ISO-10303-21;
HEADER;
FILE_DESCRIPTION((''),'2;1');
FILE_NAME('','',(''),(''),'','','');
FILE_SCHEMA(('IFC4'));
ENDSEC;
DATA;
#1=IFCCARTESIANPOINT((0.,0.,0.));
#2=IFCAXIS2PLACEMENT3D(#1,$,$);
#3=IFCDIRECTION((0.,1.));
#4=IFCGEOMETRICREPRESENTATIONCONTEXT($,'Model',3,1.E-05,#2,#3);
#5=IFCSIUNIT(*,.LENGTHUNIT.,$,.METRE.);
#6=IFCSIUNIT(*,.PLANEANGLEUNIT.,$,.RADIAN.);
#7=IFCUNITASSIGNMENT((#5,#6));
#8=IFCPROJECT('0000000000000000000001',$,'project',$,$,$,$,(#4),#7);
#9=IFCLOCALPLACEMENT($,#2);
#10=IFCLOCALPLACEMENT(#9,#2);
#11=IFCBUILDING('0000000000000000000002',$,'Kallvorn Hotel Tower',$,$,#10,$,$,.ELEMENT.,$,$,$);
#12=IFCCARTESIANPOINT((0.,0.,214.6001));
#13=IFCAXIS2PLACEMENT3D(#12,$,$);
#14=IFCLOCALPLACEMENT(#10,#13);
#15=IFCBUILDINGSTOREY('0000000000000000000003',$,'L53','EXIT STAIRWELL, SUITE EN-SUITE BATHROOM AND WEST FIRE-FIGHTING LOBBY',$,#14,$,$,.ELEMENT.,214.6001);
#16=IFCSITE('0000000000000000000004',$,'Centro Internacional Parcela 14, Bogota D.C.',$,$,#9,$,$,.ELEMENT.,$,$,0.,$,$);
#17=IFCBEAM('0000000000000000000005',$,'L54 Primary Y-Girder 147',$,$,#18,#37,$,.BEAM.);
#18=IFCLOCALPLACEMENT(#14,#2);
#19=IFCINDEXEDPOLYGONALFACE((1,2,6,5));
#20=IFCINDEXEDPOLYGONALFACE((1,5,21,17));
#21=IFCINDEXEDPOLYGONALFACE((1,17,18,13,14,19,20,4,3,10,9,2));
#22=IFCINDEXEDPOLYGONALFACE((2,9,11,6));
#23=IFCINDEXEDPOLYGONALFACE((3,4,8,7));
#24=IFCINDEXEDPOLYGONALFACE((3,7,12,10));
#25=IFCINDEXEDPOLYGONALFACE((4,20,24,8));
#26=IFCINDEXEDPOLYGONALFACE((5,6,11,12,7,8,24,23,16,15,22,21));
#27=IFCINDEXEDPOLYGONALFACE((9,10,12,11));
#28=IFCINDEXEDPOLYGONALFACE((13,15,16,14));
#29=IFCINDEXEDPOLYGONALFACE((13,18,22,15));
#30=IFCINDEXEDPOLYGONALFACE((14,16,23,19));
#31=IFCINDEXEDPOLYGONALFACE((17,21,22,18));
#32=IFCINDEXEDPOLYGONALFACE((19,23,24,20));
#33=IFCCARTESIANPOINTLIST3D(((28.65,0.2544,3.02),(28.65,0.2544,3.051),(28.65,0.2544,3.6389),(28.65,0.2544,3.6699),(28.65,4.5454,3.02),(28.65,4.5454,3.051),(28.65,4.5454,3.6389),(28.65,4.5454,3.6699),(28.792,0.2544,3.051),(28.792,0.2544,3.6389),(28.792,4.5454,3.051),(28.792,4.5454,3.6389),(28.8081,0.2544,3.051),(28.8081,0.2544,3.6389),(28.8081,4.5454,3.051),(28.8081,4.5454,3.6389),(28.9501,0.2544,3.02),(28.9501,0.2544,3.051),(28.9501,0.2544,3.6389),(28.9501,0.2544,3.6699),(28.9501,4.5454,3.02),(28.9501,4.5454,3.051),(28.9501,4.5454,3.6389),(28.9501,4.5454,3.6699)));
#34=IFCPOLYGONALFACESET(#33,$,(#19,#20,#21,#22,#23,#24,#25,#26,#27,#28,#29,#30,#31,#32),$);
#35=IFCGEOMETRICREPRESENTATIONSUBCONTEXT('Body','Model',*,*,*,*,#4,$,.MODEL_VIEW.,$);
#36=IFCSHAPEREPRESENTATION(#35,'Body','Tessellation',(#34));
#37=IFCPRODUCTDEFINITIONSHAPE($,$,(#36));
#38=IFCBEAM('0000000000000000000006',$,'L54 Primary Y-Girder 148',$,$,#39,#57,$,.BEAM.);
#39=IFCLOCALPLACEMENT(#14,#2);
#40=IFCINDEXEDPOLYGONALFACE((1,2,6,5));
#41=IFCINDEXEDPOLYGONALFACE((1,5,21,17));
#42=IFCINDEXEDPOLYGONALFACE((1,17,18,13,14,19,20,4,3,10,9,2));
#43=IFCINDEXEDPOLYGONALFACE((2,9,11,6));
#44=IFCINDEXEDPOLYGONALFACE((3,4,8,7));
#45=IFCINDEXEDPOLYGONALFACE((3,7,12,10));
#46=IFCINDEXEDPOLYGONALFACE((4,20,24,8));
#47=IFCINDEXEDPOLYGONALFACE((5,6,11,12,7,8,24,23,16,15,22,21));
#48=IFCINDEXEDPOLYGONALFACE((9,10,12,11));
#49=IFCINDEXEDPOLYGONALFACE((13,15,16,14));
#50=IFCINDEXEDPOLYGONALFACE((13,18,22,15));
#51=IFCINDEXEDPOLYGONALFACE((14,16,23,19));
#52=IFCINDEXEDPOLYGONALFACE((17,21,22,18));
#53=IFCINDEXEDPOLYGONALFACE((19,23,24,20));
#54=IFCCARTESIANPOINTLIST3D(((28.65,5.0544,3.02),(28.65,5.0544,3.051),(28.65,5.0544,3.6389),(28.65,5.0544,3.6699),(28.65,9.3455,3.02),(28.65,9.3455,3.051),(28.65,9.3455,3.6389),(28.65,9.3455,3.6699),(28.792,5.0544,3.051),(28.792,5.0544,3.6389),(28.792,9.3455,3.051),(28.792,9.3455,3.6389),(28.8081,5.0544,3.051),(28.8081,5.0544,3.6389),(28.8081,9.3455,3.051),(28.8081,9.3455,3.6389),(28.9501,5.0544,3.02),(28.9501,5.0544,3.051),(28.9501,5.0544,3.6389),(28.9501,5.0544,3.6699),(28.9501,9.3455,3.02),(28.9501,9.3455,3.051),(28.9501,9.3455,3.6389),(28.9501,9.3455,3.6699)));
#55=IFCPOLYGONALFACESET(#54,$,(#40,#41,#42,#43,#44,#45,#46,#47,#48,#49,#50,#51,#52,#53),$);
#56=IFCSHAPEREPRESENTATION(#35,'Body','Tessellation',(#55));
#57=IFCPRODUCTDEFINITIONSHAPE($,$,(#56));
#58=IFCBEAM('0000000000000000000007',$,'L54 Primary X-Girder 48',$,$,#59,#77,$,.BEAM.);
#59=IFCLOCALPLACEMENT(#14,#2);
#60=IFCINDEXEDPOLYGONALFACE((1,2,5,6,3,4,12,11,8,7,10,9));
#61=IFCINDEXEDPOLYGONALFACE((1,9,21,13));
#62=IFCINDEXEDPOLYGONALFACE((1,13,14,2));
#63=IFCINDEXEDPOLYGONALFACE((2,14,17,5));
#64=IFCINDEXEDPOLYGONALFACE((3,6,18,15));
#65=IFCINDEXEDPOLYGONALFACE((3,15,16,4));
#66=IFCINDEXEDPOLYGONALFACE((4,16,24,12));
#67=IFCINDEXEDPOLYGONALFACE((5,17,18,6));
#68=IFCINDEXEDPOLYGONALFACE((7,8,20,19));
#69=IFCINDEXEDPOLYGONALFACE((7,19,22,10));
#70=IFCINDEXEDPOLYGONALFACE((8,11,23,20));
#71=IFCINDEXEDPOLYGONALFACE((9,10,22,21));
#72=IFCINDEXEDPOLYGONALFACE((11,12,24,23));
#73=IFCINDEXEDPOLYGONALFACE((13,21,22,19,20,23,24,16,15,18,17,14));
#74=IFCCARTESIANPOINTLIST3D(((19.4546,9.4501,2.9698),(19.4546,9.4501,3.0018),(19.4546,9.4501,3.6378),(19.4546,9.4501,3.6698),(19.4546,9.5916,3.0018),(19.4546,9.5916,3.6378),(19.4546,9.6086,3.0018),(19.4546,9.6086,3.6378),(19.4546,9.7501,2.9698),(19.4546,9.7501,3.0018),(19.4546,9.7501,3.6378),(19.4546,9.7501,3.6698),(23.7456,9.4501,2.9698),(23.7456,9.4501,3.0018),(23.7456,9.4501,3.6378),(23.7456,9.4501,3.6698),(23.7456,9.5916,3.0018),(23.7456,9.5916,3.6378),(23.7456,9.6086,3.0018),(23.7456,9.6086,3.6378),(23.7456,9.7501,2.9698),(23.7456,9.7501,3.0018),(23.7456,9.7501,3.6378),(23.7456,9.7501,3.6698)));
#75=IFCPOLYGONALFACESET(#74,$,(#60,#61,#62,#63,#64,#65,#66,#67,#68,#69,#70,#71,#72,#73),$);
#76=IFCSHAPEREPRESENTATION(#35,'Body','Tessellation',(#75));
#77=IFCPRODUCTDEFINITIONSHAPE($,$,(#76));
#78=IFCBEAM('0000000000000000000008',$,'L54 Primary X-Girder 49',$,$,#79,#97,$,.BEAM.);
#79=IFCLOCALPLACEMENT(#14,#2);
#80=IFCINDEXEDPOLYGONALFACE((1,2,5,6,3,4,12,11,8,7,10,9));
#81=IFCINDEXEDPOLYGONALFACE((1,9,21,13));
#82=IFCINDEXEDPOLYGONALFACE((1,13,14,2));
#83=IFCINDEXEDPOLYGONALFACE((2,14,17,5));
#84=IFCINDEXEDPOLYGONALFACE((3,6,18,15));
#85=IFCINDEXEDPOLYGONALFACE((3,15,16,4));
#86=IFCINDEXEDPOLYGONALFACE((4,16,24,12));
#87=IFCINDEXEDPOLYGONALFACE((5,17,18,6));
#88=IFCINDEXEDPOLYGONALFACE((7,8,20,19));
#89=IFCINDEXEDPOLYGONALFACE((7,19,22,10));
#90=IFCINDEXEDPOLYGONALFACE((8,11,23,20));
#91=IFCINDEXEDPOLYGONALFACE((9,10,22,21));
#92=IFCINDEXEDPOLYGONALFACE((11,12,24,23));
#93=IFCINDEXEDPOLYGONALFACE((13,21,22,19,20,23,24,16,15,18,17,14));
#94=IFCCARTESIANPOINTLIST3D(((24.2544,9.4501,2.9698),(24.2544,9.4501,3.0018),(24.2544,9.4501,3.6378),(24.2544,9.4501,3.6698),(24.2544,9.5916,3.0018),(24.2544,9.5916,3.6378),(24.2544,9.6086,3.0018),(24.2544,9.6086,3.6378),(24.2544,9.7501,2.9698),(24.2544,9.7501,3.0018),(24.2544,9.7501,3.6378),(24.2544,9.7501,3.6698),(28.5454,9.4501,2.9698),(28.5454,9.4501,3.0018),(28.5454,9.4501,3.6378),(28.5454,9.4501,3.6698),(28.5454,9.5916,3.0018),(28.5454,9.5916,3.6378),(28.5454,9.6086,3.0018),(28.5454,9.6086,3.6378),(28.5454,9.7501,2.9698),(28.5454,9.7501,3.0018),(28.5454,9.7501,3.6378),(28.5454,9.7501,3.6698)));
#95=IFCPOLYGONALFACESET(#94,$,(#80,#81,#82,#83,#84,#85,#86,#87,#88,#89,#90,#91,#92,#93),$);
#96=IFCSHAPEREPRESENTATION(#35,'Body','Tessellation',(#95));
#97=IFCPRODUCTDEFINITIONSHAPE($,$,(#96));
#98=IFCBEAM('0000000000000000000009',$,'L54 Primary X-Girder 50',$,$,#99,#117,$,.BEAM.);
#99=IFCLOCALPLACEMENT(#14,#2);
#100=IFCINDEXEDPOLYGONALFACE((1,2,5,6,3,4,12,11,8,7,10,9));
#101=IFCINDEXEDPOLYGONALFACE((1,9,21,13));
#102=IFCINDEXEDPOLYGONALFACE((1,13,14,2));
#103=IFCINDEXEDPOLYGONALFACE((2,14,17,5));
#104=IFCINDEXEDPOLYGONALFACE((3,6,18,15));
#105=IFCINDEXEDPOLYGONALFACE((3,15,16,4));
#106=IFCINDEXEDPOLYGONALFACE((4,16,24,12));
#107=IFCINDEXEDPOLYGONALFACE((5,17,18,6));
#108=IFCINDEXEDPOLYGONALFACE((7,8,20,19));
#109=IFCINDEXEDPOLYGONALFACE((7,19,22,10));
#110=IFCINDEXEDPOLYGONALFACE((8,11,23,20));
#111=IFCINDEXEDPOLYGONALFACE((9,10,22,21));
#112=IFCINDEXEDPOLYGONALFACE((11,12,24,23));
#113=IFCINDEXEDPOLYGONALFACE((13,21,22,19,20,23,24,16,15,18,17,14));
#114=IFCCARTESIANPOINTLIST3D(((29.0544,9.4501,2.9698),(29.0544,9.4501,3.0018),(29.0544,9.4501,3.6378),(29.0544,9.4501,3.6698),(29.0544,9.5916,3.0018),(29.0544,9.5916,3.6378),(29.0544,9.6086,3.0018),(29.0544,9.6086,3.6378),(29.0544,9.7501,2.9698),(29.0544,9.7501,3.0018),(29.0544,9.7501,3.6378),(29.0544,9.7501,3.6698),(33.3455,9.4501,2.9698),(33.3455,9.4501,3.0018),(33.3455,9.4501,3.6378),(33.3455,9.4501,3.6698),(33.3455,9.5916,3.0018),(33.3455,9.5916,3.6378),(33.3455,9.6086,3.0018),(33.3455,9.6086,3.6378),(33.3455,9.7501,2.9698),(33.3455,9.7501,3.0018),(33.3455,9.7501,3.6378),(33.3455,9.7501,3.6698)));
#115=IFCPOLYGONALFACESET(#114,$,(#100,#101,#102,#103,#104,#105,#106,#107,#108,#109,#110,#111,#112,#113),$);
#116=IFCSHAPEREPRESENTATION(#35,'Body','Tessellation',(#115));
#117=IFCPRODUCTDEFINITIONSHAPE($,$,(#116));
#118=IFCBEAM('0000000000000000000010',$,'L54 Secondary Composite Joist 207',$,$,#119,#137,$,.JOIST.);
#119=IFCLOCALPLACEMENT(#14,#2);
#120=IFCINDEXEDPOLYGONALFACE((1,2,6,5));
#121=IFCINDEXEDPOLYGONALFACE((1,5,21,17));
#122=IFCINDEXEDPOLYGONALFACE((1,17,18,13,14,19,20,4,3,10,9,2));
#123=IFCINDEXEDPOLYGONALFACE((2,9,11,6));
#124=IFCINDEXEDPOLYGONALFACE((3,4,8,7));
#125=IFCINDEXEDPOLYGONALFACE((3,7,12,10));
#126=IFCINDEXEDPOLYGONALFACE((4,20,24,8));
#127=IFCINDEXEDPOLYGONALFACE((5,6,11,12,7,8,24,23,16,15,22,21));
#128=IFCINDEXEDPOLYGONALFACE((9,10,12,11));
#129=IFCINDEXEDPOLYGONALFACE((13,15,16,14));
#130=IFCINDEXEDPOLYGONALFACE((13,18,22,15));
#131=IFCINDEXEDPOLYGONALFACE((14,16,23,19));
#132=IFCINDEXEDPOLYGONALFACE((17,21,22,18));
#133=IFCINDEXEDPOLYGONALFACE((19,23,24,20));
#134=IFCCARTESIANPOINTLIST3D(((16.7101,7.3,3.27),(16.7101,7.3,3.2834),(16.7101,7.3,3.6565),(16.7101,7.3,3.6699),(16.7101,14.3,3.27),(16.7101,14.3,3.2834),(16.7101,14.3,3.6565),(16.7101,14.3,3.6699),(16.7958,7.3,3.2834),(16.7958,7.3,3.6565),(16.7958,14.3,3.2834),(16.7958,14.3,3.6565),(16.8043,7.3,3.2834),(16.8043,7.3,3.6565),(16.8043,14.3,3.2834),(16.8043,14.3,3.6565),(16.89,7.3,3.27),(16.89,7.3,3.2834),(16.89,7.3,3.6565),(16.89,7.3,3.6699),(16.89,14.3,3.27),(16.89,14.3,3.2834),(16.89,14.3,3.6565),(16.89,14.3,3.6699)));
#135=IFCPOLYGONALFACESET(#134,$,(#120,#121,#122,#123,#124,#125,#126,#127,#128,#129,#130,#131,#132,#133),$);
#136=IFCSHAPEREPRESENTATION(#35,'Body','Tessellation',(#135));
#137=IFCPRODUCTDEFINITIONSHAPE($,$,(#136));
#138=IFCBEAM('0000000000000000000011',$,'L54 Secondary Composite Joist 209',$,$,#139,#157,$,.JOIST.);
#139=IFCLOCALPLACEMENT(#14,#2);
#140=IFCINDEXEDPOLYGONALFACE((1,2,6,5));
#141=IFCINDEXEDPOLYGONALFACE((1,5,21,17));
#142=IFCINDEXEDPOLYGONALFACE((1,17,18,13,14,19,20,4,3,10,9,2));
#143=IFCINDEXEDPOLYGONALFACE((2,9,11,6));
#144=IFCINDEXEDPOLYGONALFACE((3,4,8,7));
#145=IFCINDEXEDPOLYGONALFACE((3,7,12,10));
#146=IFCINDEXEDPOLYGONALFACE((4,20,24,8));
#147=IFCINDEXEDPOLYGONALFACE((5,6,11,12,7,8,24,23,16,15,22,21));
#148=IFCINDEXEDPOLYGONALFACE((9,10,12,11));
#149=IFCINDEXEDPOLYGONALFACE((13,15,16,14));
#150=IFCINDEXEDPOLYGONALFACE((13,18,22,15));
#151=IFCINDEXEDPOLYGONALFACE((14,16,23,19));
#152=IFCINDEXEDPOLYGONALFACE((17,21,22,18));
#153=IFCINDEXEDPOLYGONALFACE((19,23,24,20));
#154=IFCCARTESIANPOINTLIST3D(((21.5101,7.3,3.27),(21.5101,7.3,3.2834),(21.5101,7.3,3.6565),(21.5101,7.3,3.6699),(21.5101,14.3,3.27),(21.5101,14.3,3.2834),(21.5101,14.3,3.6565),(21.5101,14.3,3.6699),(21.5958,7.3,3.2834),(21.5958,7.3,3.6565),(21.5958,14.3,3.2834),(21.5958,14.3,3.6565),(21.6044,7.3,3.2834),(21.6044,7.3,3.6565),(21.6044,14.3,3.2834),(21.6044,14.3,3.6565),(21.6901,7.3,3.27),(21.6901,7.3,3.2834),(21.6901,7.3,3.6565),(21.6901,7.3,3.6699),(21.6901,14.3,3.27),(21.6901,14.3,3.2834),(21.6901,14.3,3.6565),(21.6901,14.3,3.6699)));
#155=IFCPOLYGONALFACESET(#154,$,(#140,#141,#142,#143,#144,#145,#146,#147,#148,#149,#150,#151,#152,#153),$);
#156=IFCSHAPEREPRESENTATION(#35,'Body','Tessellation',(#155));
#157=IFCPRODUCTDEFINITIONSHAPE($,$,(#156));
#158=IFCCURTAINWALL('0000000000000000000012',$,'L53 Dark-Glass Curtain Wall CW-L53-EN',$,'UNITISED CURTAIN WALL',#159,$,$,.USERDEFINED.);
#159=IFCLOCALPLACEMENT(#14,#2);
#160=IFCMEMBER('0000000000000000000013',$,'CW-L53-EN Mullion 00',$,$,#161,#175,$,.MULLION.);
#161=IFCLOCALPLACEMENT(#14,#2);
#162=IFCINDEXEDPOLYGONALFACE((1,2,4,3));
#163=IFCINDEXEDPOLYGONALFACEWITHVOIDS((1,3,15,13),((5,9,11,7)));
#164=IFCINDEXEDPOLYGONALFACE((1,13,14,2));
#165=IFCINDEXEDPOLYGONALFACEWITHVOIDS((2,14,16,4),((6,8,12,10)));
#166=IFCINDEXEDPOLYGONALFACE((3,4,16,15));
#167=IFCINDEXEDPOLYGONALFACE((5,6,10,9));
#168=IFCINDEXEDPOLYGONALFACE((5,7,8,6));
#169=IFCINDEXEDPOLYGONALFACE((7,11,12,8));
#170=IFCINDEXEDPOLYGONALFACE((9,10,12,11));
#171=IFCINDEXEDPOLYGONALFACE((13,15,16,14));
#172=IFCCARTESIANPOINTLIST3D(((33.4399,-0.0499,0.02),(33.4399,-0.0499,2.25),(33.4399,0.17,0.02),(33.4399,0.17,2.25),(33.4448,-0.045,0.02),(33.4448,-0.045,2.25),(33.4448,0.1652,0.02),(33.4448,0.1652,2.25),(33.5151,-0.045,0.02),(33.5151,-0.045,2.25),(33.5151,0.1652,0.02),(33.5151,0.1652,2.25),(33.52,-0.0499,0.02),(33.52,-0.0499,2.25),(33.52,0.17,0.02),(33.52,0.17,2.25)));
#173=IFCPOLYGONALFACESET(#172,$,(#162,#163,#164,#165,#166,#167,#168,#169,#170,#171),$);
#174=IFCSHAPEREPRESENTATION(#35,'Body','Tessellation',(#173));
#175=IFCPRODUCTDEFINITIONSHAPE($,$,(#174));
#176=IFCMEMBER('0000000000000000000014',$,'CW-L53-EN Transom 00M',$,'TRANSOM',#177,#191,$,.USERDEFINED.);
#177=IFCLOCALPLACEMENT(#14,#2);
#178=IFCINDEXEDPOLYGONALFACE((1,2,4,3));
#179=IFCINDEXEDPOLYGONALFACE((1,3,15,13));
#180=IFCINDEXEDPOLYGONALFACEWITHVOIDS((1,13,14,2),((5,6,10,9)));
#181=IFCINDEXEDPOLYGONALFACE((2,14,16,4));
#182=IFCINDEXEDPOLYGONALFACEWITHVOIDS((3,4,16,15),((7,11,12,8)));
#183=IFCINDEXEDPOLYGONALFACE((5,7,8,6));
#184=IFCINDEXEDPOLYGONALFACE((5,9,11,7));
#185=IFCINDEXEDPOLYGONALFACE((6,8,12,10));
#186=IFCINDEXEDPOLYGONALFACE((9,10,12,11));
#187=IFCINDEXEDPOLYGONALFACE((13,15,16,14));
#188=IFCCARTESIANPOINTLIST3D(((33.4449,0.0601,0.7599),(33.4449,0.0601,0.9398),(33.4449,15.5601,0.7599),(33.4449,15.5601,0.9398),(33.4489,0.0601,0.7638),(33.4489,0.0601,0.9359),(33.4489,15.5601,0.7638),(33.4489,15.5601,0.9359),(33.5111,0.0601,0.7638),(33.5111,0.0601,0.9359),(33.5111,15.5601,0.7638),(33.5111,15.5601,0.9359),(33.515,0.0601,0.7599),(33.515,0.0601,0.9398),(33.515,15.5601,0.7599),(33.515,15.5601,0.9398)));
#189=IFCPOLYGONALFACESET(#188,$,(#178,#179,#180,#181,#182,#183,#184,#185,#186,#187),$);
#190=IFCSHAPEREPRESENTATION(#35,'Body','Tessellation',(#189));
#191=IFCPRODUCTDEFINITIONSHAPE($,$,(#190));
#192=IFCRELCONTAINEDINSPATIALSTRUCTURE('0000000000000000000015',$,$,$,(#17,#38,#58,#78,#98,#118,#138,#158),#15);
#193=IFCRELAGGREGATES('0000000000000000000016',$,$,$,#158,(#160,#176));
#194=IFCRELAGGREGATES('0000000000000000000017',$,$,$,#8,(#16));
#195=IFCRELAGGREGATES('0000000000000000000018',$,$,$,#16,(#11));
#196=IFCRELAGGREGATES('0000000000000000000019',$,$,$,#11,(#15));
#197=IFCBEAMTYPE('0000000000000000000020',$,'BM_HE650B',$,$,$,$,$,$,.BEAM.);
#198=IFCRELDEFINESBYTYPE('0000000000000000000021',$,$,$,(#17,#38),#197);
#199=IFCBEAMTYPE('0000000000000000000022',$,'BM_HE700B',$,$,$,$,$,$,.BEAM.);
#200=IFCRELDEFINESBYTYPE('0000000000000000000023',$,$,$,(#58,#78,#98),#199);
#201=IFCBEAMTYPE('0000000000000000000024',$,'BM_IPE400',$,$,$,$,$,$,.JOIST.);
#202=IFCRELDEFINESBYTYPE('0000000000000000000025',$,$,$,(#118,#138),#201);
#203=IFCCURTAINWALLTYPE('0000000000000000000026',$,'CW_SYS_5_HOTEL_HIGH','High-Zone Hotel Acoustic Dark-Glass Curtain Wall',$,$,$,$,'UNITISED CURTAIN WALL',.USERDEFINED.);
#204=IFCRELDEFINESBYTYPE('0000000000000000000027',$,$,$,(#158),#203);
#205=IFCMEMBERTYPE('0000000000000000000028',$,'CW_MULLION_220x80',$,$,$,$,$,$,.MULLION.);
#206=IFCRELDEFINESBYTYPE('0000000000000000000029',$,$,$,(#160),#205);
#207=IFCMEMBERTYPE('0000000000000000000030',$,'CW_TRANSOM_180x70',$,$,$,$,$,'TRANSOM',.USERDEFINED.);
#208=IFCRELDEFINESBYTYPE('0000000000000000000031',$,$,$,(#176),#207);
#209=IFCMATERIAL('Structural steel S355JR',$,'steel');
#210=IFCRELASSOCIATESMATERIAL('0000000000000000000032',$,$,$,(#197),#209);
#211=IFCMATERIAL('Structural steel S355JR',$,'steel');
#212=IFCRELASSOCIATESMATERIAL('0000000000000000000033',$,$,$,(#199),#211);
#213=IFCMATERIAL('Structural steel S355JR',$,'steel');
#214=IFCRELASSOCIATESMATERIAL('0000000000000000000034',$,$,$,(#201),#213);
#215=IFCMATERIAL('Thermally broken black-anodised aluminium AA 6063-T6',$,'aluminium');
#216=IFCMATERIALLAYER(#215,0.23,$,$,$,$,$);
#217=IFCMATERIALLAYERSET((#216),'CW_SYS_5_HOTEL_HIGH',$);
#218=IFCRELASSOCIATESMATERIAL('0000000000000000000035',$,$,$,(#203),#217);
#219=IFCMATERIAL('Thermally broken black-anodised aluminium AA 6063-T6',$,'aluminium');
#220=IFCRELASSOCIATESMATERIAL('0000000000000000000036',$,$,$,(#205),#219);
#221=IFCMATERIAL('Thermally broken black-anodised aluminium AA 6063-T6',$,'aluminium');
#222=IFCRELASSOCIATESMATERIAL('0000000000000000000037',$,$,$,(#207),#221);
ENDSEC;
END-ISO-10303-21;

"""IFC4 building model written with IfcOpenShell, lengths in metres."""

from ifc_helpers import new_model, si_unit, direction, frame, origin, origin_2d, place, context, subcontext, project, spatial, hollow_rectangle, i_section, extrude, material, layer, layer_set, material_profile, profile_set, type_object, element, aggregate, save


model = new_model("IFC4")

# Units and contexts
model_context = context("Model", 3, precision=1e-05, world=origin(), true_north=direction((0.0, 1.0)))
body_context = subcontext(model_context, "Body", "Model", "MODEL_VIEW")
ifc_project = project(units=[si_unit("LENGTHUNIT", "METRE"), si_unit("PLANEANGLEUNIT", "RADIAN")], contexts=[model_context])

# Site, building, storey
site_placement = place(None, origin())
site = spatial("IfcSite", under=ifc_project, at=site_placement, Name="Centro Internacional Parcela 14, Bogota D.C.", CompositionType="ELEMENT", RefElevation=0.0)
building_placement = place(site_placement, origin())
building = spatial("IfcBuilding", under=site, at=building_placement, Name="Kallvorn Hotel Tower", CompositionType="ELEMENT")
storey_placement = place(building_placement, frame((0.0, 0.0, 214.6001)))
storey = spatial("IfcBuildingStorey", under=building, at=storey_placement, Name="L53", Description="EXIT STAIRWELL, SUITE EN-SUITE BATHROOM AND WEST FIRE-FIGHTING LOBBY", CompositionType="ELEMENT", Elevation=214.6001)

# Beams
ifc_material_1 = material(Name="Structural steel S355JR", Category="steel")
ifc_material_profile_1 = material_profile(ifc_material_1, i_section(OverallWidth=0.3, OverallDepth=0.6499, WebThickness=0.0161, FlangeThickness=0.031, at=origin_2d()), Name="HE 650 B")
ifc_profile_set_1 = profile_set([ifc_material_profile_1], Name="Structural steel S355JR")
beam_type_1 = type_object("IfcBeamType", Name="BM_HE650B", PredefinedType="BEAM", material=ifc_profile_set_1)
for number, where, z_axis, x_axis, name in (
    (1, (28.8, 0.2544, 3.345), (0.0, 1.0, 0.0), (-1.0, 0.0, 0.0), "L54 Primary Y-Girder 147"),
    (2, (28.8, 5.0544, 3.345), (0.0, 1.0, 0.0), (-1.0, 0.0, 0.0), "L54 Primary Y-Girder 148"),
):
    element("IfcBeam", number, at=place(storey_placement, frame(where, z_axis=z_axis, x_axis=x_axis)), inside=storey, type_object=beam_type_1, Name=name, PredefinedType="BEAM", context=body_context, shape_type="SweptSolid", body=[
        extrude(i_section(OverallWidth=0.3, OverallDepth=0.6499, WebThickness=0.0161, FlangeThickness=0.031, at=origin_2d()), origin(), (0.0, 0.0, 1.0), 4.291),
    ])
ifc_material_2 = material(Name="Structural steel S355JR", Category="steel")
ifc_material_profile_2 = material_profile(ifc_material_2, i_section(OverallWidth=0.3, OverallDepth=0.7, WebThickness=0.0171, FlangeThickness=0.032, at=origin_2d()), Name="HE 700 B")
ifc_profile_set_2 = profile_set([ifc_material_profile_2], Name="Structural steel S355JR")
beam_type_2 = type_object("IfcBeamType", Name="BM_HE700B", PredefinedType="BEAM", material=ifc_profile_set_2)
for number, where, z_axis, x_axis, name in (
    (3, (19.4546, 9.6001, 3.3198), (1.0, 0.0, 0.0), (0.0, 1.0, 0.0), "L54 Primary X-Girder 48"),
    (4, (24.2544, 9.6001, 3.3198), (1.0, 0.0, 0.0), (0.0, 1.0, 0.0), "L54 Primary X-Girder 49"),
    (5, (29.0544, 9.6001, 3.3198), (1.0, 0.0, 0.0), (0.0, 1.0, 0.0), "L54 Primary X-Girder 50"),
):
    element("IfcBeam", number, at=place(storey_placement, frame(where, z_axis=z_axis, x_axis=x_axis)), inside=storey, type_object=beam_type_2, Name=name, PredefinedType="BEAM", context=body_context, shape_type="SweptSolid", body=[
        extrude(i_section(OverallWidth=0.3, OverallDepth=0.7, WebThickness=0.0171, FlangeThickness=0.032, at=origin_2d()), origin(), (0.0, 0.0, 1.0), 4.291),
    ])
ifc_material_3 = material(Name="Structural steel S355JR", Category="steel")
ifc_material_profile_3 = material_profile(ifc_material_3, i_section(OverallWidth=0.1799, OverallDepth=0.3999, WebThickness=0.0085, FlangeThickness=0.0134, at=origin_2d()), Name="IPE 400")
ifc_profile_set_3 = profile_set([ifc_material_profile_3], Name="Structural steel S355JR")
beam_type_3 = type_object("IfcBeamType", Name="BM_IPE400", PredefinedType="JOIST", material=ifc_profile_set_3)
for number, where, z_axis, x_axis, name in (
    (6, (16.8, 7.3, 3.47), (0.0, 1.0, 0.0), (-1.0, 0.0, 0.0), "L54 Secondary Composite Joist 207"),
    (7, (21.6001, 7.3, 3.47), (0.0, 1.0, 0.0), (-1.0, 0.0, 0.0), "L54 Secondary Composite Joist 209"),
):
    element("IfcBeam", number, at=place(storey_placement, frame(where, z_axis=z_axis, x_axis=x_axis)), inside=storey, type_object=beam_type_3, Name=name, PredefinedType="JOIST", context=body_context, shape_type="SweptSolid", body=[
        extrude(i_section(OverallWidth=0.1799, OverallDepth=0.3999, WebThickness=0.0085, FlangeThickness=0.0134, at=origin_2d()), origin(), (0.0, 0.0, 1.0), 7.0),
    ])

# Curtain wall, members
ifc_material_4 = material(Name="Thermally broken black-anodised aluminium AA 6063-T6", Category="aluminium")
ifc_layer_1 = layer(ifc_material_4, 0.23)
ifc_layer_set_1 = layer_set([ifc_layer_1], Name="CW_SYS_5_HOTEL_HIGH")
curtain_wall_type = type_object("IfcCurtainWallType", Name="CW_SYS_5_HOTEL_HIGH", Description="High-Zone Hotel Acoustic Dark-Glass Curtain Wall", ElementType="UNITISED CURTAIN WALL", PredefinedType="USERDEFINED", material=ifc_layer_set_1)
curtain_wall_placement = place(storey_placement, origin())
curtain_wall = element("IfcCurtainWall", 8, at=curtain_wall_placement, inside=storey, type_object=curtain_wall_type, Name="L53 Dark-Glass Curtain Wall CW-L53-EN", ObjectType="UNITISED CURTAIN WALL", PredefinedType="USERDEFINED")
ifc_material_5 = material(Name="Thermally broken black-anodised aluminium AA 6063-T6", Category="aluminium")
ifc_material_profile_4 = material_profile(ifc_material_5, hollow_rectangle(XDim=0.0801, YDim=0.22, WallThickness=0.0049, at=origin_2d()), Name="MUL 220x80")
ifc_profile_set_4 = profile_set([ifc_material_profile_4], Name="Thermally broken black-anodised aluminium AA 6063-T6")
member_type_1 = type_object("IfcMemberType", Name="CW_MULLION_220x80", PredefinedType="MULLION", material=ifc_profile_set_4)
member_1_placement = place(storey_placement, frame((33.48, 0.0601, 0.02), z_axis=(0.0, 0.0, 1.0), x_axis=(1.0, 0.0, 0.0)))
member_1 = element("IfcMember", 9, at=member_1_placement, type_object=member_type_1, Name="CW-L53-EN Mullion 00", PredefinedType="MULLION", context=body_context, shape_type="SweptSolid", body=[
    extrude(hollow_rectangle(XDim=0.0801, YDim=0.22, WallThickness=0.0049, at=origin_2d()), origin(), (0.0, 0.0, 1.0), 2.23),
])
ifc_material_6 = material(Name="Thermally broken black-anodised aluminium AA 6063-T6", Category="aluminium")
ifc_material_profile_5 = material_profile(ifc_material_6, hollow_rectangle(XDim=0.0701, YDim=0.1799, WallThickness=0.0039, at=origin_2d()), Name="TRN 180x70")
ifc_profile_set_5 = profile_set([ifc_material_profile_5], Name="Thermally broken black-anodised aluminium AA 6063-T6")
member_type_2 = type_object("IfcMemberType", Name="CW_TRANSOM_180x70", ElementType="TRANSOM", PredefinedType="USERDEFINED", material=ifc_profile_set_5)
member_2_placement = place(storey_placement, frame((33.48, 0.0601, 0.8499), z_axis=(0.0, 1.0, 0.0), x_axis=(-1.0, 0.0, 0.0)))
member_2 = element("IfcMember", 10, at=member_2_placement, type_object=member_type_2, Name="CW-L53-EN Transom 00M", ObjectType="TRANSOM", PredefinedType="USERDEFINED", context=body_context, shape_type="SweptSolid", body=[
    extrude(hollow_rectangle(XDim=0.0701, YDim=0.1799, WallThickness=0.0039, at=origin_2d()), origin(), (0.0, 0.0, 1.0), 15.5),
])
aggregate(curtain_wall, [member_1, member_2])

save(model, "model.ifc")
